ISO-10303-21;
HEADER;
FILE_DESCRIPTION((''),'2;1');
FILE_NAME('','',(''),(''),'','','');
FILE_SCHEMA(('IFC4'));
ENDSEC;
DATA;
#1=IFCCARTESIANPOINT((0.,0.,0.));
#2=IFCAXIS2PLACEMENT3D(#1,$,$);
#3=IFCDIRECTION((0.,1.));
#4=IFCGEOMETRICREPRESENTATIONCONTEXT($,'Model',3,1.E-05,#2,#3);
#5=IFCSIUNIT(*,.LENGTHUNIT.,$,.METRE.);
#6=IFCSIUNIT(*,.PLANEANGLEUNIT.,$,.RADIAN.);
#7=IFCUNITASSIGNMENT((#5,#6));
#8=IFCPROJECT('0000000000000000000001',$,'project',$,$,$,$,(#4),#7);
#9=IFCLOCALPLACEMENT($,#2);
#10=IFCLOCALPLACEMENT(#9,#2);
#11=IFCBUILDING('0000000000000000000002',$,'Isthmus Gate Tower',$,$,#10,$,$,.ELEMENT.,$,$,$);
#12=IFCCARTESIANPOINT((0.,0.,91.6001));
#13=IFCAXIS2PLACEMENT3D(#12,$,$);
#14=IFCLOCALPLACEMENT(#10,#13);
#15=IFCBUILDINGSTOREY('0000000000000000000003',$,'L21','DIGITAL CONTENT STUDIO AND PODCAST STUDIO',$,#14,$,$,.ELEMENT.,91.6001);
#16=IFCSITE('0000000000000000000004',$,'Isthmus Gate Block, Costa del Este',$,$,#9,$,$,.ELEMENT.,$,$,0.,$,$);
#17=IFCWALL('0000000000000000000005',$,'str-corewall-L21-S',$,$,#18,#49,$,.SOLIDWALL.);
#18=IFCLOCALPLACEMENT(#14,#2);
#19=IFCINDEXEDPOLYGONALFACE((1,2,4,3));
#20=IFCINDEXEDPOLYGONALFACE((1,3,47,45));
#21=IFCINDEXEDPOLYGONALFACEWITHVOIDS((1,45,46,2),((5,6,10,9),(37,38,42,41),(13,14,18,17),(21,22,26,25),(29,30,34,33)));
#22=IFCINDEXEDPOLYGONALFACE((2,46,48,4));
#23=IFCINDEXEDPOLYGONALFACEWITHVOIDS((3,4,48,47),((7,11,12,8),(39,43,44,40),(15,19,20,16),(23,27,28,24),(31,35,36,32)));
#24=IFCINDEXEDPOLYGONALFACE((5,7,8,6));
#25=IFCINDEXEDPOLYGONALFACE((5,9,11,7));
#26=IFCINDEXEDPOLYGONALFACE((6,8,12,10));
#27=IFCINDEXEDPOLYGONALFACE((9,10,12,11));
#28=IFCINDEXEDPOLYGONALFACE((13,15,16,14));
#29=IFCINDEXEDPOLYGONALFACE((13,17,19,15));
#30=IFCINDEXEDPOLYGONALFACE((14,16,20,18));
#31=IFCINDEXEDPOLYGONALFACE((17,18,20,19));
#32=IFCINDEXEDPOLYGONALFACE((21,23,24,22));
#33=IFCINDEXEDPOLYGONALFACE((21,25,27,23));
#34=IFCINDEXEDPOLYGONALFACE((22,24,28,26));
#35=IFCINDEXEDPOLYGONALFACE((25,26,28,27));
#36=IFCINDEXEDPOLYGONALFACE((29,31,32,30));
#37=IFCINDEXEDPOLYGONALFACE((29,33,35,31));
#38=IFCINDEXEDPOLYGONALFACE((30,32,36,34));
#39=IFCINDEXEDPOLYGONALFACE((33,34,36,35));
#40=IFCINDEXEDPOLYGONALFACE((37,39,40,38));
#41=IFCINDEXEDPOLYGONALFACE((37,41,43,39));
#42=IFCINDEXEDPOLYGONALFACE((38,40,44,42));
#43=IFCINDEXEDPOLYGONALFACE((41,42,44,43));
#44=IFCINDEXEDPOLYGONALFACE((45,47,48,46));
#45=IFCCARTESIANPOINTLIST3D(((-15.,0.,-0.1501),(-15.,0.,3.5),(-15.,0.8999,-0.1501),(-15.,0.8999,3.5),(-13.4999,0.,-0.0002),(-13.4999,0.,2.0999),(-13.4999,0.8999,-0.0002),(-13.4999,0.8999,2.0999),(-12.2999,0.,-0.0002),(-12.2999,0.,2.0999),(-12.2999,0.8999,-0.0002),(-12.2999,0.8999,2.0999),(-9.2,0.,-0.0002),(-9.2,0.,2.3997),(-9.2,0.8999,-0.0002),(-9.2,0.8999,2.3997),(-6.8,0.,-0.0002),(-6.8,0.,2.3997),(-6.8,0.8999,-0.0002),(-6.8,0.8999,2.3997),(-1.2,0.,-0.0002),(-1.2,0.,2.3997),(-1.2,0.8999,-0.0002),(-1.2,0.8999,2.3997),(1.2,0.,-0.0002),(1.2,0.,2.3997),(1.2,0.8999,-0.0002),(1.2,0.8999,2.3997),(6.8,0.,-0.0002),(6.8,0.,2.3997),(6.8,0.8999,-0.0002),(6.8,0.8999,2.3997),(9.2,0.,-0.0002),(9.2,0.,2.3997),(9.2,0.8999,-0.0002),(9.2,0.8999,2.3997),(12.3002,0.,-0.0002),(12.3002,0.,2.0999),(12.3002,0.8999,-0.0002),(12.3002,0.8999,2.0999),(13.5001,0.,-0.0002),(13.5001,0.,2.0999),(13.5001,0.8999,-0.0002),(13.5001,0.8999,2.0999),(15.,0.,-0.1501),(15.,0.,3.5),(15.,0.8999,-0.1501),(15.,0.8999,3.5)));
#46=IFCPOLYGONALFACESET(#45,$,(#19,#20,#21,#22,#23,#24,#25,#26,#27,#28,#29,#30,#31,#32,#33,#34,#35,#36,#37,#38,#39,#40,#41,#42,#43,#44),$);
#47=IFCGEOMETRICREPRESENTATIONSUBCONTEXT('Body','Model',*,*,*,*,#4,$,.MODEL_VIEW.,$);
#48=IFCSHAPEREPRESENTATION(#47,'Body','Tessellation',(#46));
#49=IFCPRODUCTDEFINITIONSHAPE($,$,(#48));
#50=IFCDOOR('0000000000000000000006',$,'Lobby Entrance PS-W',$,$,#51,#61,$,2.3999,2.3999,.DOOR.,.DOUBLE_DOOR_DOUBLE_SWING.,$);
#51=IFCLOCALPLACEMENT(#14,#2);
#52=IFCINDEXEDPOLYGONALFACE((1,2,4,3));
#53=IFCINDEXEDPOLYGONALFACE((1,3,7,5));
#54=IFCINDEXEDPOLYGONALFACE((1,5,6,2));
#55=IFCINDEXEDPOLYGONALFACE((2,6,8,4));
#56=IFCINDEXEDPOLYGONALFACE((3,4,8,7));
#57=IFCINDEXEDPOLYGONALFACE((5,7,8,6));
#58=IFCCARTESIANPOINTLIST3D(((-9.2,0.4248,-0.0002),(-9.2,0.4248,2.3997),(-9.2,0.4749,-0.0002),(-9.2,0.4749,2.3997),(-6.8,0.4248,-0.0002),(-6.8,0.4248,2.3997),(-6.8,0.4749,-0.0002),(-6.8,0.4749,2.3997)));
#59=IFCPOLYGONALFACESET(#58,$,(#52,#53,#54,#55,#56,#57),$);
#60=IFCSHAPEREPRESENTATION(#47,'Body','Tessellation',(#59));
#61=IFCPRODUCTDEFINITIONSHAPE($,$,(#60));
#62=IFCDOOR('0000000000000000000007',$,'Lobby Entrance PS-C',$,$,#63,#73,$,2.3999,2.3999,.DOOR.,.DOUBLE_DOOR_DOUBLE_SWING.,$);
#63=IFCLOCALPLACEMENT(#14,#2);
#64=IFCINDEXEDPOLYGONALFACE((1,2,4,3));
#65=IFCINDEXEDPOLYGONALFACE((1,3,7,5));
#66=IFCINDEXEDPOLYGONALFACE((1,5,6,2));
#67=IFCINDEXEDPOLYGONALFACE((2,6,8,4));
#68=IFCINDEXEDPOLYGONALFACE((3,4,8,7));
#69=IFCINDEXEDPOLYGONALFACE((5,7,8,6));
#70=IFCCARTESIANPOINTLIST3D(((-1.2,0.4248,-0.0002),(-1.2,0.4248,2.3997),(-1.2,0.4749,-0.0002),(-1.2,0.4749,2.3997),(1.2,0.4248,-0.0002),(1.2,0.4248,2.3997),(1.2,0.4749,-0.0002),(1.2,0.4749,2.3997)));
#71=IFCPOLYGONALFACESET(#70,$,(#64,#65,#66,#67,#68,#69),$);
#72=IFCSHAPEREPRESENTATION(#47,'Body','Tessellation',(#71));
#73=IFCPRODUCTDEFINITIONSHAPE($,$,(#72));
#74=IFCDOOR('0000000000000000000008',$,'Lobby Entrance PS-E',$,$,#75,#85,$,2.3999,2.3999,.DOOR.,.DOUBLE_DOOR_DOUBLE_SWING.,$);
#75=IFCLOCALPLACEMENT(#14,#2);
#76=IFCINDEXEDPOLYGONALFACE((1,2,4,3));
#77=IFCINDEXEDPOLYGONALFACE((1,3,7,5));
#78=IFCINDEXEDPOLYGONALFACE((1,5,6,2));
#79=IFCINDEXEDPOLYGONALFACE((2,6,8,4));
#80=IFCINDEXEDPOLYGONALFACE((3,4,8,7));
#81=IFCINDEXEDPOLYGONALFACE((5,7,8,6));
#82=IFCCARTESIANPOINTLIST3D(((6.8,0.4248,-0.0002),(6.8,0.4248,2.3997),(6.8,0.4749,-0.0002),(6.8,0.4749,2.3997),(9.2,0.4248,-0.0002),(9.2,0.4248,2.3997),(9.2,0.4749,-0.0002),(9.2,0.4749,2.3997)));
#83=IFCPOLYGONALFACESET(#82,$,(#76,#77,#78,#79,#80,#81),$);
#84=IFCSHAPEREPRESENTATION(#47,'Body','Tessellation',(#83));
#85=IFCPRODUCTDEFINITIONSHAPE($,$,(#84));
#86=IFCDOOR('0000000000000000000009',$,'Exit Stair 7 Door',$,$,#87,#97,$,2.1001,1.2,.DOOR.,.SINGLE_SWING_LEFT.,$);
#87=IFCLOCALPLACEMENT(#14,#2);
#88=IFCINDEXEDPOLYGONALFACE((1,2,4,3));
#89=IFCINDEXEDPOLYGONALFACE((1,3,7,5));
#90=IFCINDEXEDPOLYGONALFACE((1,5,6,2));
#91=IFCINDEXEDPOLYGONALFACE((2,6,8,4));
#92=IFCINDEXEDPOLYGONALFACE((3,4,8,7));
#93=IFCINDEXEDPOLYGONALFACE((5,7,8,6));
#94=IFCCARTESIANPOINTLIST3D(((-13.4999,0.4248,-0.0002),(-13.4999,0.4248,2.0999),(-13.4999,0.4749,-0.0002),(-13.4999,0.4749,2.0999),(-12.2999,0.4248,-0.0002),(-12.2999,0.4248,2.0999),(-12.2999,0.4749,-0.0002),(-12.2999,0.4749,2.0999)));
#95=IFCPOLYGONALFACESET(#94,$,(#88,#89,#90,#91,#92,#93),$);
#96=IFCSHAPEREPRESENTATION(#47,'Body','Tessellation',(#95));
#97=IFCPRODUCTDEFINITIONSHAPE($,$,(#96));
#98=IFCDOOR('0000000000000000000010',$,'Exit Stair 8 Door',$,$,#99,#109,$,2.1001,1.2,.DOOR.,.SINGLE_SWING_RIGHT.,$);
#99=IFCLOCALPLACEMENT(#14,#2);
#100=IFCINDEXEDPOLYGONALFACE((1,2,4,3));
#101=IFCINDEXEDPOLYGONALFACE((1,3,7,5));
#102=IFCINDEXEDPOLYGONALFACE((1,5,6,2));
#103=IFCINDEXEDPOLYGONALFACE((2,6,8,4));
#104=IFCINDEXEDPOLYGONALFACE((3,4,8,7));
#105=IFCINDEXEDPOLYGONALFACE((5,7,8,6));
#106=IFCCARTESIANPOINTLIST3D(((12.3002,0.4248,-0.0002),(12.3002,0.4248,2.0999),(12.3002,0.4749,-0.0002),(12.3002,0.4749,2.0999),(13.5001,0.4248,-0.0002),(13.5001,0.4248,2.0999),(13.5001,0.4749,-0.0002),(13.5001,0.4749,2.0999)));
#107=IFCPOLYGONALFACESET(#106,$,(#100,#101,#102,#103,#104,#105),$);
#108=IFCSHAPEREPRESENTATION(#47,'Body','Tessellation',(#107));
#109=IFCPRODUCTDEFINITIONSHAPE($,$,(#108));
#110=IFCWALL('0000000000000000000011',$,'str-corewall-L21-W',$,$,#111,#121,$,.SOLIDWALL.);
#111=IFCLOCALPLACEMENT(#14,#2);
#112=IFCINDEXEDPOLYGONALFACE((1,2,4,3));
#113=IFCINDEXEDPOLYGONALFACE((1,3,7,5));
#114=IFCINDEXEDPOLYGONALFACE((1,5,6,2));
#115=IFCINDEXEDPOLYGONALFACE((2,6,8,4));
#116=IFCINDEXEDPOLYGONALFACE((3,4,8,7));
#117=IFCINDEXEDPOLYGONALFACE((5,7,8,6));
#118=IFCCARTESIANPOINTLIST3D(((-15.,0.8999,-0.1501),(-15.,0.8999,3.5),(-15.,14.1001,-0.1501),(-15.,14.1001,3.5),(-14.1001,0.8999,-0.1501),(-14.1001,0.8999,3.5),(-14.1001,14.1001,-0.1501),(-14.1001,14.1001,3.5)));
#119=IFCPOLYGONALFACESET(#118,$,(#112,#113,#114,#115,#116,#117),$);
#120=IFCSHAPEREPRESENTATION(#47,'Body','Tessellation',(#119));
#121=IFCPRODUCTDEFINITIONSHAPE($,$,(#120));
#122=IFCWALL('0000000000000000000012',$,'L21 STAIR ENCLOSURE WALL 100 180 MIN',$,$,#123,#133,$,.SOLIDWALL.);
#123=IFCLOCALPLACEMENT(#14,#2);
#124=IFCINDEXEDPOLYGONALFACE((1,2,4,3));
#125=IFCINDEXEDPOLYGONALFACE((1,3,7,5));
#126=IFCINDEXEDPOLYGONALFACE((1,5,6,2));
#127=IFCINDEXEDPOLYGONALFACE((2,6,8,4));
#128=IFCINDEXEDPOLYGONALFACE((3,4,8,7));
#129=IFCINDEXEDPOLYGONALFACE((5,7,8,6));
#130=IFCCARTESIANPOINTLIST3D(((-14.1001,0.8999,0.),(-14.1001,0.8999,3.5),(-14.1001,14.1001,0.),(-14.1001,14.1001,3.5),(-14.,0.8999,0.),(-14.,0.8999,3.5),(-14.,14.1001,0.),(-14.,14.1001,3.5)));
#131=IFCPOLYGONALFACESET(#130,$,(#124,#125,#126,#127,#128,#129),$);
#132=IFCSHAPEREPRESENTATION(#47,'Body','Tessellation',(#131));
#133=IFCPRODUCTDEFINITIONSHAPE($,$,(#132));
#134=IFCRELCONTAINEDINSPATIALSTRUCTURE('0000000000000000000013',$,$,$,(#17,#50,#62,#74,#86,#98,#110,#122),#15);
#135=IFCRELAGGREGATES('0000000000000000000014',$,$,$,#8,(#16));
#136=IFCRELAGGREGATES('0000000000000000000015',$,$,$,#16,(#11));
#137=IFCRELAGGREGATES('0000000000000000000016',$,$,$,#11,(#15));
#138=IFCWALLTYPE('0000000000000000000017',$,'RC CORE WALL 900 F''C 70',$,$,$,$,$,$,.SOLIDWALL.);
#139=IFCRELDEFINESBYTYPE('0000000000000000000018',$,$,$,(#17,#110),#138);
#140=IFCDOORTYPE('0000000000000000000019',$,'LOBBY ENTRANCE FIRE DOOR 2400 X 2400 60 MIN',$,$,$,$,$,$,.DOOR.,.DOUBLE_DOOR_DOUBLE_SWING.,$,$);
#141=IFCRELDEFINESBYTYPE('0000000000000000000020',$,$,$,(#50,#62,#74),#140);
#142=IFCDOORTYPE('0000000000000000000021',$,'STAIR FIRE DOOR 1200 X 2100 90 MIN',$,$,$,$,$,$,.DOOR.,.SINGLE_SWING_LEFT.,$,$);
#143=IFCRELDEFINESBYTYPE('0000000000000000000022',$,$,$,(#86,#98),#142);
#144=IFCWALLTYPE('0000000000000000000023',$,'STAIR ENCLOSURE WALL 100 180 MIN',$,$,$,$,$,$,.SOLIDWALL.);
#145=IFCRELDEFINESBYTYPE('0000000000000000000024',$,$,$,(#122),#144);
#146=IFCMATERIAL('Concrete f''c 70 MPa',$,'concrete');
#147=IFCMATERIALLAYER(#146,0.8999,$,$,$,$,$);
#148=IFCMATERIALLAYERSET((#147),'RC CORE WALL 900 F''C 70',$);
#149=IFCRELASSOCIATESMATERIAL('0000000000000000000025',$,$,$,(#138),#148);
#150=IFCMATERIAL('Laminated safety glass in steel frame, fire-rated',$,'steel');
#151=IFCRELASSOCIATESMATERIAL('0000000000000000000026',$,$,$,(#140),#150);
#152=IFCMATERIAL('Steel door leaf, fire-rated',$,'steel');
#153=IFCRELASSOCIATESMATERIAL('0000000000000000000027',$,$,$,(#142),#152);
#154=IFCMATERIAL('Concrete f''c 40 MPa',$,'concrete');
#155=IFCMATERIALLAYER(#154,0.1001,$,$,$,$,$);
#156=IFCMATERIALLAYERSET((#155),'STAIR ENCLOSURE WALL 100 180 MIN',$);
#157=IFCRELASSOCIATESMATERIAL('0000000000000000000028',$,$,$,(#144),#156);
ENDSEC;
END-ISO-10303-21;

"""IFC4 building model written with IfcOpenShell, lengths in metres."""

from ifc_helpers import new_model, si_unit, direction, frame, frame_2d, origin, place, context, subcontext, project, spatial, rectangle, extrude, material, layer, layer_set, type_object, element, fill, save


model = new_model("IFC4")

# Units and contexts
model_context = context("Model", 3, precision=1e-05, world=origin(), true_north=direction((0.0, 1.0)))
body_context = subcontext(model_context, "Body", "Model", "MODEL_VIEW")
ifc_project = project(units=[si_unit("LENGTHUNIT", "METRE"), si_unit("PLANEANGLEUNIT", "RADIAN")], contexts=[model_context])

# Site, building, storey
site_placement = place(None, origin())
site = spatial("IfcSite", under=ifc_project, at=site_placement, Name="Isthmus Gate Block, Costa del Este", CompositionType="ELEMENT", RefElevation=0.0)
building_placement = place(site_placement, origin())
building = spatial("IfcBuilding", under=site, at=building_placement, Name="Isthmus Gate Tower", CompositionType="ELEMENT")
storey_placement = place(building_placement, frame((0.0, 0.0, 91.6001)))
storey = spatial("IfcBuildingStorey", under=building, at=storey_placement, Name="L21", Description="DIGITAL CONTENT STUDIO AND PODCAST STUDIO", CompositionType="ELEMENT", Elevation=91.6001)

# Wall, openings, doors
ifc_material_1 = material(Name="Concrete f'c 70 MPa", Category="concrete")
ifc_layer_1 = layer(ifc_material_1, 0.8999)
ifc_layer_set_1 = layer_set([ifc_layer_1], Name="RC CORE WALL 900 F'C 70")
wall_type_1 = type_object("IfcWallType", Name="RC CORE WALL 900 F'C 70", PredefinedType="SOLIDWALL", material=ifc_layer_set_1)
wall_1_placement = place(storey_placement, frame((-15.0, 0.45, -0.1501), z_axis=(0.0, 0.0, 1.0), x_axis=(1.0, 0.0, 0.0)))
wall_1 = element("IfcWall", 1, at=wall_1_placement, inside=storey, type_object=wall_type_1, Name="str-corewall-L21-S", PredefinedType="SOLIDWALL", context=body_context, shape_type="SweptSolid", body=[
    extrude(rectangle(XDim=30.0, YDim=0.8999, at=frame_2d((15.0, 0.0))), origin(), (0.0, 0.0, 1.0), 3.6501),
])
opening_1_placement = place(wall_1_placement, frame((5.8, 0.0, 0.1499)))
opening_1 = element("IfcOpeningElement", 2, at=opening_1_placement, cuts=wall_1, PredefinedType="OPENING", context=body_context, shape_type="SweptSolid", body=[
    extrude(rectangle(XDim=2.3999, YDim=2.3999, at=frame_2d((1.2, 1.2))), frame((0.0, 0.46, 0.0), z_axis=(0.0, -1.0, 0.0), x_axis=(1.0, 0.0, 0.0)), (0.0, 0.0, 1.0), 0.9199),
])
opening_2_placement = place(wall_1_placement, frame((13.8, 0.0, 0.1499)))
opening_2 = element("IfcOpeningElement", 3, at=opening_2_placement, cuts=wall_1, PredefinedType="OPENING", context=body_context, shape_type="SweptSolid", body=[
    extrude(rectangle(XDim=2.3999, YDim=2.3999, at=frame_2d((1.2, 1.2))), frame((0.0, 0.46, 0.0), z_axis=(0.0, -1.0, 0.0), x_axis=(1.0, 0.0, 0.0)), (0.0, 0.0, 1.0), 0.9199),
])
opening_3_placement = place(wall_1_placement, frame((21.8, 0.0, 0.1499)))
opening_3 = element("IfcOpeningElement", 4, at=opening_3_placement, cuts=wall_1, PredefinedType="OPENING", context=body_context, shape_type="SweptSolid", body=[
    extrude(rectangle(XDim=2.3999, YDim=2.3999, at=frame_2d((1.2, 1.2))), frame((0.0, 0.46, 0.0), z_axis=(0.0, -1.0, 0.0), x_axis=(1.0, 0.0, 0.0)), (0.0, 0.0, 1.0), 0.9199),
])
opening_4_placement = place(wall_1_placement, frame((1.5, 0.0, 0.1499)))
opening_4 = element("IfcOpeningElement", 5, at=opening_4_placement, cuts=wall_1, PredefinedType="OPENING", context=body_context, shape_type="SweptSolid", body=[
    extrude(rectangle(XDim=1.2, YDim=2.1001, at=frame_2d((0.6001, 1.05))), frame((0.0, 0.46, 0.0), z_axis=(0.0, -1.0, 0.0), x_axis=(1.0, 0.0, 0.0)), (0.0, 0.0, 1.0), 0.9199),
])
opening_5_placement = place(wall_1_placement, frame((27.3, 0.0, 0.1499)))
opening_5 = element("IfcOpeningElement", 6, at=opening_5_placement, cuts=wall_1, PredefinedType="OPENING", context=body_context, shape_type="SweptSolid", body=[
    extrude(rectangle(XDim=1.2, YDim=2.1001, at=frame_2d((0.6001, 1.05))), frame((0.0, 0.46, 0.0), z_axis=(0.0, -1.0, 0.0), x_axis=(1.0, 0.0, 0.0)), (0.0, 0.0, 1.0), 0.9199),
])
ifc_material_2 = material(Name="Laminated safety glass in steel frame, fire-rated", Category="steel")
door_type_1 = type_object("IfcDoorType", Name="LOBBY ENTRANCE FIRE DOOR 2400 X 2400 60 MIN", OperationType="DOUBLE_DOOR_DOUBLE_SWING", PredefinedType="DOOR", material=ifc_material_2)
door_1_placement = place(opening_1_placement, origin())
door_1 = element("IfcDoor", 7, at=door_1_placement, inside=storey, type_object=door_type_1, Name="Lobby Entrance PS-W", OperationType="DOUBLE_DOOR_DOUBLE_SWING", OverallHeight=2.3999, OverallWidth=2.3999, PredefinedType="DOOR", context=body_context, shape_type="SweptSolid", body=[
    extrude(rectangle(XDim=2.3999, YDim=2.3999, at=frame_2d((1.2, 1.2))), frame((0.0, 0.0249, 0.0), z_axis=(0.0, -1.0, 0.0), x_axis=(1.0, 0.0, 0.0)), (0.0, 0.0, 1.0), 0.05),
])
fill(opening_1, door_1)
door_2_placement = place(opening_2_placement, origin())
door_2 = element("IfcDoor", 8, at=door_2_placement, inside=storey, type_object=door_type_1, Name="Lobby Entrance PS-C", OperationType="DOUBLE_DOOR_DOUBLE_SWING", OverallHeight=2.3999, OverallWidth=2.3999, PredefinedType="DOOR", context=body_context, shape_type="SweptSolid", body=[
    extrude(rectangle(XDim=2.3999, YDim=2.3999, at=frame_2d((1.2, 1.2))), frame((0.0, 0.0249, 0.0), z_axis=(0.0, -1.0, 0.0), x_axis=(1.0, 0.0, 0.0)), (0.0, 0.0, 1.0), 0.05),
])
fill(opening_2, door_2)
door_3_placement = place(opening_3_placement, origin())
door_3 = element("IfcDoor", 9, at=door_3_placement, inside=storey, type_object=door_type_1, Name="Lobby Entrance PS-E", OperationType="DOUBLE_DOOR_DOUBLE_SWING", OverallHeight=2.3999, OverallWidth=2.3999, PredefinedType="DOOR", context=body_context, shape_type="SweptSolid", body=[
    extrude(rectangle(XDim=2.3999, YDim=2.3999, at=frame_2d((1.2, 1.2))), frame((0.0, 0.0249, 0.0), z_axis=(0.0, -1.0, 0.0), x_axis=(1.0, 0.0, 0.0)), (0.0, 0.0, 1.0), 0.05),
])
fill(opening_3, door_3)
ifc_material_3 = material(Name="Steel door leaf, fire-rated", Category="steel")
door_type_2 = type_object("IfcDoorType", Name="STAIR FIRE DOOR 1200 X 2100 90 MIN", OperationType="SINGLE_SWING_LEFT", PredefinedType="DOOR", material=ifc_material_3)
door_4_placement = place(opening_4_placement, origin())
door_4 = element("IfcDoor", 10, at=door_4_placement, inside=storey, type_object=door_type_2, Name="Exit Stair 7 Door", OperationType="SINGLE_SWING_LEFT", OverallHeight=2.1001, OverallWidth=1.2, PredefinedType="DOOR", context=body_context, shape_type="SweptSolid", body=[
    extrude(rectangle(XDim=1.2, YDim=2.1001, at=frame_2d((0.6001, 1.05))), frame((0.0, 0.0249, 0.0), z_axis=(0.0, -1.0, 0.0), x_axis=(1.0, 0.0, 0.0)), (0.0, 0.0, 1.0), 0.05),
])
fill(opening_4, door_4)
door_5_placement = place(opening_5_placement, origin())
door_5 = element("IfcDoor", 11, at=door_5_placement, inside=storey, type_object=door_type_2, Name="Exit Stair 8 Door", OperationType="SINGLE_SWING_RIGHT", OverallHeight=2.1001, OverallWidth=1.2, PredefinedType="DOOR", context=body_context, shape_type="SweptSolid", body=[
    extrude(rectangle(XDim=1.2, YDim=2.1001, at=frame_2d((0.6001, 1.05))), frame((0.0, 0.0249, 0.0), z_axis=(0.0, -1.0, 0.0), x_axis=(1.0, 0.0, 0.0)), (0.0, 0.0, 1.0), 0.05),
])
fill(opening_5, door_5)

# Walls
wall_2_placement = place(storey_placement, frame((-14.55, 0.8999, -0.1501), z_axis=(0.0, 0.0, 1.0), x_axis=(0.0, 1.0, 0.0)))
element("IfcWall", 12, at=wall_2_placement, inside=storey, type_object=wall_type_1, Name="str-corewall-L21-W", PredefinedType="SOLIDWALL", context=body_context, shape_type="SweptSolid", body=[
    extrude(rectangle(XDim=13.2002, YDim=0.8999, at=frame_2d((6.6001, 0.0))), origin(), (0.0, 0.0, 1.0), 3.6501),
])
ifc_material_4 = material(Name="Concrete f'c 40 MPa", Category="concrete")
ifc_layer_2 = layer(ifc_material_4, 0.1001)
ifc_layer_set_2 = layer_set([ifc_layer_2], Name="STAIR ENCLOSURE WALL 100 180 MIN")
wall_type_2 = type_object("IfcWallType", Name="STAIR ENCLOSURE WALL 100 180 MIN", PredefinedType="SOLIDWALL", material=ifc_layer_set_2)
wall_3_placement = place(storey_placement, frame((-14.05, 0.8999, 0.0), z_axis=(0.0, 0.0, 1.0), x_axis=(0.0, 1.0, 0.0)))
element("IfcWall", 13, at=wall_3_placement, inside=storey, type_object=wall_type_2, Name="L21 STAIR ENCLOSURE WALL 100 180 MIN", PredefinedType="SOLIDWALL", context=body_context, shape_type="SweptSolid", body=[
    extrude(rectangle(XDim=13.2002, YDim=0.1001, at=frame_2d((6.6001, 0.0))), origin(), (0.0, 0.0, 1.0), 3.5),
])

save(model, "model.ifc")
